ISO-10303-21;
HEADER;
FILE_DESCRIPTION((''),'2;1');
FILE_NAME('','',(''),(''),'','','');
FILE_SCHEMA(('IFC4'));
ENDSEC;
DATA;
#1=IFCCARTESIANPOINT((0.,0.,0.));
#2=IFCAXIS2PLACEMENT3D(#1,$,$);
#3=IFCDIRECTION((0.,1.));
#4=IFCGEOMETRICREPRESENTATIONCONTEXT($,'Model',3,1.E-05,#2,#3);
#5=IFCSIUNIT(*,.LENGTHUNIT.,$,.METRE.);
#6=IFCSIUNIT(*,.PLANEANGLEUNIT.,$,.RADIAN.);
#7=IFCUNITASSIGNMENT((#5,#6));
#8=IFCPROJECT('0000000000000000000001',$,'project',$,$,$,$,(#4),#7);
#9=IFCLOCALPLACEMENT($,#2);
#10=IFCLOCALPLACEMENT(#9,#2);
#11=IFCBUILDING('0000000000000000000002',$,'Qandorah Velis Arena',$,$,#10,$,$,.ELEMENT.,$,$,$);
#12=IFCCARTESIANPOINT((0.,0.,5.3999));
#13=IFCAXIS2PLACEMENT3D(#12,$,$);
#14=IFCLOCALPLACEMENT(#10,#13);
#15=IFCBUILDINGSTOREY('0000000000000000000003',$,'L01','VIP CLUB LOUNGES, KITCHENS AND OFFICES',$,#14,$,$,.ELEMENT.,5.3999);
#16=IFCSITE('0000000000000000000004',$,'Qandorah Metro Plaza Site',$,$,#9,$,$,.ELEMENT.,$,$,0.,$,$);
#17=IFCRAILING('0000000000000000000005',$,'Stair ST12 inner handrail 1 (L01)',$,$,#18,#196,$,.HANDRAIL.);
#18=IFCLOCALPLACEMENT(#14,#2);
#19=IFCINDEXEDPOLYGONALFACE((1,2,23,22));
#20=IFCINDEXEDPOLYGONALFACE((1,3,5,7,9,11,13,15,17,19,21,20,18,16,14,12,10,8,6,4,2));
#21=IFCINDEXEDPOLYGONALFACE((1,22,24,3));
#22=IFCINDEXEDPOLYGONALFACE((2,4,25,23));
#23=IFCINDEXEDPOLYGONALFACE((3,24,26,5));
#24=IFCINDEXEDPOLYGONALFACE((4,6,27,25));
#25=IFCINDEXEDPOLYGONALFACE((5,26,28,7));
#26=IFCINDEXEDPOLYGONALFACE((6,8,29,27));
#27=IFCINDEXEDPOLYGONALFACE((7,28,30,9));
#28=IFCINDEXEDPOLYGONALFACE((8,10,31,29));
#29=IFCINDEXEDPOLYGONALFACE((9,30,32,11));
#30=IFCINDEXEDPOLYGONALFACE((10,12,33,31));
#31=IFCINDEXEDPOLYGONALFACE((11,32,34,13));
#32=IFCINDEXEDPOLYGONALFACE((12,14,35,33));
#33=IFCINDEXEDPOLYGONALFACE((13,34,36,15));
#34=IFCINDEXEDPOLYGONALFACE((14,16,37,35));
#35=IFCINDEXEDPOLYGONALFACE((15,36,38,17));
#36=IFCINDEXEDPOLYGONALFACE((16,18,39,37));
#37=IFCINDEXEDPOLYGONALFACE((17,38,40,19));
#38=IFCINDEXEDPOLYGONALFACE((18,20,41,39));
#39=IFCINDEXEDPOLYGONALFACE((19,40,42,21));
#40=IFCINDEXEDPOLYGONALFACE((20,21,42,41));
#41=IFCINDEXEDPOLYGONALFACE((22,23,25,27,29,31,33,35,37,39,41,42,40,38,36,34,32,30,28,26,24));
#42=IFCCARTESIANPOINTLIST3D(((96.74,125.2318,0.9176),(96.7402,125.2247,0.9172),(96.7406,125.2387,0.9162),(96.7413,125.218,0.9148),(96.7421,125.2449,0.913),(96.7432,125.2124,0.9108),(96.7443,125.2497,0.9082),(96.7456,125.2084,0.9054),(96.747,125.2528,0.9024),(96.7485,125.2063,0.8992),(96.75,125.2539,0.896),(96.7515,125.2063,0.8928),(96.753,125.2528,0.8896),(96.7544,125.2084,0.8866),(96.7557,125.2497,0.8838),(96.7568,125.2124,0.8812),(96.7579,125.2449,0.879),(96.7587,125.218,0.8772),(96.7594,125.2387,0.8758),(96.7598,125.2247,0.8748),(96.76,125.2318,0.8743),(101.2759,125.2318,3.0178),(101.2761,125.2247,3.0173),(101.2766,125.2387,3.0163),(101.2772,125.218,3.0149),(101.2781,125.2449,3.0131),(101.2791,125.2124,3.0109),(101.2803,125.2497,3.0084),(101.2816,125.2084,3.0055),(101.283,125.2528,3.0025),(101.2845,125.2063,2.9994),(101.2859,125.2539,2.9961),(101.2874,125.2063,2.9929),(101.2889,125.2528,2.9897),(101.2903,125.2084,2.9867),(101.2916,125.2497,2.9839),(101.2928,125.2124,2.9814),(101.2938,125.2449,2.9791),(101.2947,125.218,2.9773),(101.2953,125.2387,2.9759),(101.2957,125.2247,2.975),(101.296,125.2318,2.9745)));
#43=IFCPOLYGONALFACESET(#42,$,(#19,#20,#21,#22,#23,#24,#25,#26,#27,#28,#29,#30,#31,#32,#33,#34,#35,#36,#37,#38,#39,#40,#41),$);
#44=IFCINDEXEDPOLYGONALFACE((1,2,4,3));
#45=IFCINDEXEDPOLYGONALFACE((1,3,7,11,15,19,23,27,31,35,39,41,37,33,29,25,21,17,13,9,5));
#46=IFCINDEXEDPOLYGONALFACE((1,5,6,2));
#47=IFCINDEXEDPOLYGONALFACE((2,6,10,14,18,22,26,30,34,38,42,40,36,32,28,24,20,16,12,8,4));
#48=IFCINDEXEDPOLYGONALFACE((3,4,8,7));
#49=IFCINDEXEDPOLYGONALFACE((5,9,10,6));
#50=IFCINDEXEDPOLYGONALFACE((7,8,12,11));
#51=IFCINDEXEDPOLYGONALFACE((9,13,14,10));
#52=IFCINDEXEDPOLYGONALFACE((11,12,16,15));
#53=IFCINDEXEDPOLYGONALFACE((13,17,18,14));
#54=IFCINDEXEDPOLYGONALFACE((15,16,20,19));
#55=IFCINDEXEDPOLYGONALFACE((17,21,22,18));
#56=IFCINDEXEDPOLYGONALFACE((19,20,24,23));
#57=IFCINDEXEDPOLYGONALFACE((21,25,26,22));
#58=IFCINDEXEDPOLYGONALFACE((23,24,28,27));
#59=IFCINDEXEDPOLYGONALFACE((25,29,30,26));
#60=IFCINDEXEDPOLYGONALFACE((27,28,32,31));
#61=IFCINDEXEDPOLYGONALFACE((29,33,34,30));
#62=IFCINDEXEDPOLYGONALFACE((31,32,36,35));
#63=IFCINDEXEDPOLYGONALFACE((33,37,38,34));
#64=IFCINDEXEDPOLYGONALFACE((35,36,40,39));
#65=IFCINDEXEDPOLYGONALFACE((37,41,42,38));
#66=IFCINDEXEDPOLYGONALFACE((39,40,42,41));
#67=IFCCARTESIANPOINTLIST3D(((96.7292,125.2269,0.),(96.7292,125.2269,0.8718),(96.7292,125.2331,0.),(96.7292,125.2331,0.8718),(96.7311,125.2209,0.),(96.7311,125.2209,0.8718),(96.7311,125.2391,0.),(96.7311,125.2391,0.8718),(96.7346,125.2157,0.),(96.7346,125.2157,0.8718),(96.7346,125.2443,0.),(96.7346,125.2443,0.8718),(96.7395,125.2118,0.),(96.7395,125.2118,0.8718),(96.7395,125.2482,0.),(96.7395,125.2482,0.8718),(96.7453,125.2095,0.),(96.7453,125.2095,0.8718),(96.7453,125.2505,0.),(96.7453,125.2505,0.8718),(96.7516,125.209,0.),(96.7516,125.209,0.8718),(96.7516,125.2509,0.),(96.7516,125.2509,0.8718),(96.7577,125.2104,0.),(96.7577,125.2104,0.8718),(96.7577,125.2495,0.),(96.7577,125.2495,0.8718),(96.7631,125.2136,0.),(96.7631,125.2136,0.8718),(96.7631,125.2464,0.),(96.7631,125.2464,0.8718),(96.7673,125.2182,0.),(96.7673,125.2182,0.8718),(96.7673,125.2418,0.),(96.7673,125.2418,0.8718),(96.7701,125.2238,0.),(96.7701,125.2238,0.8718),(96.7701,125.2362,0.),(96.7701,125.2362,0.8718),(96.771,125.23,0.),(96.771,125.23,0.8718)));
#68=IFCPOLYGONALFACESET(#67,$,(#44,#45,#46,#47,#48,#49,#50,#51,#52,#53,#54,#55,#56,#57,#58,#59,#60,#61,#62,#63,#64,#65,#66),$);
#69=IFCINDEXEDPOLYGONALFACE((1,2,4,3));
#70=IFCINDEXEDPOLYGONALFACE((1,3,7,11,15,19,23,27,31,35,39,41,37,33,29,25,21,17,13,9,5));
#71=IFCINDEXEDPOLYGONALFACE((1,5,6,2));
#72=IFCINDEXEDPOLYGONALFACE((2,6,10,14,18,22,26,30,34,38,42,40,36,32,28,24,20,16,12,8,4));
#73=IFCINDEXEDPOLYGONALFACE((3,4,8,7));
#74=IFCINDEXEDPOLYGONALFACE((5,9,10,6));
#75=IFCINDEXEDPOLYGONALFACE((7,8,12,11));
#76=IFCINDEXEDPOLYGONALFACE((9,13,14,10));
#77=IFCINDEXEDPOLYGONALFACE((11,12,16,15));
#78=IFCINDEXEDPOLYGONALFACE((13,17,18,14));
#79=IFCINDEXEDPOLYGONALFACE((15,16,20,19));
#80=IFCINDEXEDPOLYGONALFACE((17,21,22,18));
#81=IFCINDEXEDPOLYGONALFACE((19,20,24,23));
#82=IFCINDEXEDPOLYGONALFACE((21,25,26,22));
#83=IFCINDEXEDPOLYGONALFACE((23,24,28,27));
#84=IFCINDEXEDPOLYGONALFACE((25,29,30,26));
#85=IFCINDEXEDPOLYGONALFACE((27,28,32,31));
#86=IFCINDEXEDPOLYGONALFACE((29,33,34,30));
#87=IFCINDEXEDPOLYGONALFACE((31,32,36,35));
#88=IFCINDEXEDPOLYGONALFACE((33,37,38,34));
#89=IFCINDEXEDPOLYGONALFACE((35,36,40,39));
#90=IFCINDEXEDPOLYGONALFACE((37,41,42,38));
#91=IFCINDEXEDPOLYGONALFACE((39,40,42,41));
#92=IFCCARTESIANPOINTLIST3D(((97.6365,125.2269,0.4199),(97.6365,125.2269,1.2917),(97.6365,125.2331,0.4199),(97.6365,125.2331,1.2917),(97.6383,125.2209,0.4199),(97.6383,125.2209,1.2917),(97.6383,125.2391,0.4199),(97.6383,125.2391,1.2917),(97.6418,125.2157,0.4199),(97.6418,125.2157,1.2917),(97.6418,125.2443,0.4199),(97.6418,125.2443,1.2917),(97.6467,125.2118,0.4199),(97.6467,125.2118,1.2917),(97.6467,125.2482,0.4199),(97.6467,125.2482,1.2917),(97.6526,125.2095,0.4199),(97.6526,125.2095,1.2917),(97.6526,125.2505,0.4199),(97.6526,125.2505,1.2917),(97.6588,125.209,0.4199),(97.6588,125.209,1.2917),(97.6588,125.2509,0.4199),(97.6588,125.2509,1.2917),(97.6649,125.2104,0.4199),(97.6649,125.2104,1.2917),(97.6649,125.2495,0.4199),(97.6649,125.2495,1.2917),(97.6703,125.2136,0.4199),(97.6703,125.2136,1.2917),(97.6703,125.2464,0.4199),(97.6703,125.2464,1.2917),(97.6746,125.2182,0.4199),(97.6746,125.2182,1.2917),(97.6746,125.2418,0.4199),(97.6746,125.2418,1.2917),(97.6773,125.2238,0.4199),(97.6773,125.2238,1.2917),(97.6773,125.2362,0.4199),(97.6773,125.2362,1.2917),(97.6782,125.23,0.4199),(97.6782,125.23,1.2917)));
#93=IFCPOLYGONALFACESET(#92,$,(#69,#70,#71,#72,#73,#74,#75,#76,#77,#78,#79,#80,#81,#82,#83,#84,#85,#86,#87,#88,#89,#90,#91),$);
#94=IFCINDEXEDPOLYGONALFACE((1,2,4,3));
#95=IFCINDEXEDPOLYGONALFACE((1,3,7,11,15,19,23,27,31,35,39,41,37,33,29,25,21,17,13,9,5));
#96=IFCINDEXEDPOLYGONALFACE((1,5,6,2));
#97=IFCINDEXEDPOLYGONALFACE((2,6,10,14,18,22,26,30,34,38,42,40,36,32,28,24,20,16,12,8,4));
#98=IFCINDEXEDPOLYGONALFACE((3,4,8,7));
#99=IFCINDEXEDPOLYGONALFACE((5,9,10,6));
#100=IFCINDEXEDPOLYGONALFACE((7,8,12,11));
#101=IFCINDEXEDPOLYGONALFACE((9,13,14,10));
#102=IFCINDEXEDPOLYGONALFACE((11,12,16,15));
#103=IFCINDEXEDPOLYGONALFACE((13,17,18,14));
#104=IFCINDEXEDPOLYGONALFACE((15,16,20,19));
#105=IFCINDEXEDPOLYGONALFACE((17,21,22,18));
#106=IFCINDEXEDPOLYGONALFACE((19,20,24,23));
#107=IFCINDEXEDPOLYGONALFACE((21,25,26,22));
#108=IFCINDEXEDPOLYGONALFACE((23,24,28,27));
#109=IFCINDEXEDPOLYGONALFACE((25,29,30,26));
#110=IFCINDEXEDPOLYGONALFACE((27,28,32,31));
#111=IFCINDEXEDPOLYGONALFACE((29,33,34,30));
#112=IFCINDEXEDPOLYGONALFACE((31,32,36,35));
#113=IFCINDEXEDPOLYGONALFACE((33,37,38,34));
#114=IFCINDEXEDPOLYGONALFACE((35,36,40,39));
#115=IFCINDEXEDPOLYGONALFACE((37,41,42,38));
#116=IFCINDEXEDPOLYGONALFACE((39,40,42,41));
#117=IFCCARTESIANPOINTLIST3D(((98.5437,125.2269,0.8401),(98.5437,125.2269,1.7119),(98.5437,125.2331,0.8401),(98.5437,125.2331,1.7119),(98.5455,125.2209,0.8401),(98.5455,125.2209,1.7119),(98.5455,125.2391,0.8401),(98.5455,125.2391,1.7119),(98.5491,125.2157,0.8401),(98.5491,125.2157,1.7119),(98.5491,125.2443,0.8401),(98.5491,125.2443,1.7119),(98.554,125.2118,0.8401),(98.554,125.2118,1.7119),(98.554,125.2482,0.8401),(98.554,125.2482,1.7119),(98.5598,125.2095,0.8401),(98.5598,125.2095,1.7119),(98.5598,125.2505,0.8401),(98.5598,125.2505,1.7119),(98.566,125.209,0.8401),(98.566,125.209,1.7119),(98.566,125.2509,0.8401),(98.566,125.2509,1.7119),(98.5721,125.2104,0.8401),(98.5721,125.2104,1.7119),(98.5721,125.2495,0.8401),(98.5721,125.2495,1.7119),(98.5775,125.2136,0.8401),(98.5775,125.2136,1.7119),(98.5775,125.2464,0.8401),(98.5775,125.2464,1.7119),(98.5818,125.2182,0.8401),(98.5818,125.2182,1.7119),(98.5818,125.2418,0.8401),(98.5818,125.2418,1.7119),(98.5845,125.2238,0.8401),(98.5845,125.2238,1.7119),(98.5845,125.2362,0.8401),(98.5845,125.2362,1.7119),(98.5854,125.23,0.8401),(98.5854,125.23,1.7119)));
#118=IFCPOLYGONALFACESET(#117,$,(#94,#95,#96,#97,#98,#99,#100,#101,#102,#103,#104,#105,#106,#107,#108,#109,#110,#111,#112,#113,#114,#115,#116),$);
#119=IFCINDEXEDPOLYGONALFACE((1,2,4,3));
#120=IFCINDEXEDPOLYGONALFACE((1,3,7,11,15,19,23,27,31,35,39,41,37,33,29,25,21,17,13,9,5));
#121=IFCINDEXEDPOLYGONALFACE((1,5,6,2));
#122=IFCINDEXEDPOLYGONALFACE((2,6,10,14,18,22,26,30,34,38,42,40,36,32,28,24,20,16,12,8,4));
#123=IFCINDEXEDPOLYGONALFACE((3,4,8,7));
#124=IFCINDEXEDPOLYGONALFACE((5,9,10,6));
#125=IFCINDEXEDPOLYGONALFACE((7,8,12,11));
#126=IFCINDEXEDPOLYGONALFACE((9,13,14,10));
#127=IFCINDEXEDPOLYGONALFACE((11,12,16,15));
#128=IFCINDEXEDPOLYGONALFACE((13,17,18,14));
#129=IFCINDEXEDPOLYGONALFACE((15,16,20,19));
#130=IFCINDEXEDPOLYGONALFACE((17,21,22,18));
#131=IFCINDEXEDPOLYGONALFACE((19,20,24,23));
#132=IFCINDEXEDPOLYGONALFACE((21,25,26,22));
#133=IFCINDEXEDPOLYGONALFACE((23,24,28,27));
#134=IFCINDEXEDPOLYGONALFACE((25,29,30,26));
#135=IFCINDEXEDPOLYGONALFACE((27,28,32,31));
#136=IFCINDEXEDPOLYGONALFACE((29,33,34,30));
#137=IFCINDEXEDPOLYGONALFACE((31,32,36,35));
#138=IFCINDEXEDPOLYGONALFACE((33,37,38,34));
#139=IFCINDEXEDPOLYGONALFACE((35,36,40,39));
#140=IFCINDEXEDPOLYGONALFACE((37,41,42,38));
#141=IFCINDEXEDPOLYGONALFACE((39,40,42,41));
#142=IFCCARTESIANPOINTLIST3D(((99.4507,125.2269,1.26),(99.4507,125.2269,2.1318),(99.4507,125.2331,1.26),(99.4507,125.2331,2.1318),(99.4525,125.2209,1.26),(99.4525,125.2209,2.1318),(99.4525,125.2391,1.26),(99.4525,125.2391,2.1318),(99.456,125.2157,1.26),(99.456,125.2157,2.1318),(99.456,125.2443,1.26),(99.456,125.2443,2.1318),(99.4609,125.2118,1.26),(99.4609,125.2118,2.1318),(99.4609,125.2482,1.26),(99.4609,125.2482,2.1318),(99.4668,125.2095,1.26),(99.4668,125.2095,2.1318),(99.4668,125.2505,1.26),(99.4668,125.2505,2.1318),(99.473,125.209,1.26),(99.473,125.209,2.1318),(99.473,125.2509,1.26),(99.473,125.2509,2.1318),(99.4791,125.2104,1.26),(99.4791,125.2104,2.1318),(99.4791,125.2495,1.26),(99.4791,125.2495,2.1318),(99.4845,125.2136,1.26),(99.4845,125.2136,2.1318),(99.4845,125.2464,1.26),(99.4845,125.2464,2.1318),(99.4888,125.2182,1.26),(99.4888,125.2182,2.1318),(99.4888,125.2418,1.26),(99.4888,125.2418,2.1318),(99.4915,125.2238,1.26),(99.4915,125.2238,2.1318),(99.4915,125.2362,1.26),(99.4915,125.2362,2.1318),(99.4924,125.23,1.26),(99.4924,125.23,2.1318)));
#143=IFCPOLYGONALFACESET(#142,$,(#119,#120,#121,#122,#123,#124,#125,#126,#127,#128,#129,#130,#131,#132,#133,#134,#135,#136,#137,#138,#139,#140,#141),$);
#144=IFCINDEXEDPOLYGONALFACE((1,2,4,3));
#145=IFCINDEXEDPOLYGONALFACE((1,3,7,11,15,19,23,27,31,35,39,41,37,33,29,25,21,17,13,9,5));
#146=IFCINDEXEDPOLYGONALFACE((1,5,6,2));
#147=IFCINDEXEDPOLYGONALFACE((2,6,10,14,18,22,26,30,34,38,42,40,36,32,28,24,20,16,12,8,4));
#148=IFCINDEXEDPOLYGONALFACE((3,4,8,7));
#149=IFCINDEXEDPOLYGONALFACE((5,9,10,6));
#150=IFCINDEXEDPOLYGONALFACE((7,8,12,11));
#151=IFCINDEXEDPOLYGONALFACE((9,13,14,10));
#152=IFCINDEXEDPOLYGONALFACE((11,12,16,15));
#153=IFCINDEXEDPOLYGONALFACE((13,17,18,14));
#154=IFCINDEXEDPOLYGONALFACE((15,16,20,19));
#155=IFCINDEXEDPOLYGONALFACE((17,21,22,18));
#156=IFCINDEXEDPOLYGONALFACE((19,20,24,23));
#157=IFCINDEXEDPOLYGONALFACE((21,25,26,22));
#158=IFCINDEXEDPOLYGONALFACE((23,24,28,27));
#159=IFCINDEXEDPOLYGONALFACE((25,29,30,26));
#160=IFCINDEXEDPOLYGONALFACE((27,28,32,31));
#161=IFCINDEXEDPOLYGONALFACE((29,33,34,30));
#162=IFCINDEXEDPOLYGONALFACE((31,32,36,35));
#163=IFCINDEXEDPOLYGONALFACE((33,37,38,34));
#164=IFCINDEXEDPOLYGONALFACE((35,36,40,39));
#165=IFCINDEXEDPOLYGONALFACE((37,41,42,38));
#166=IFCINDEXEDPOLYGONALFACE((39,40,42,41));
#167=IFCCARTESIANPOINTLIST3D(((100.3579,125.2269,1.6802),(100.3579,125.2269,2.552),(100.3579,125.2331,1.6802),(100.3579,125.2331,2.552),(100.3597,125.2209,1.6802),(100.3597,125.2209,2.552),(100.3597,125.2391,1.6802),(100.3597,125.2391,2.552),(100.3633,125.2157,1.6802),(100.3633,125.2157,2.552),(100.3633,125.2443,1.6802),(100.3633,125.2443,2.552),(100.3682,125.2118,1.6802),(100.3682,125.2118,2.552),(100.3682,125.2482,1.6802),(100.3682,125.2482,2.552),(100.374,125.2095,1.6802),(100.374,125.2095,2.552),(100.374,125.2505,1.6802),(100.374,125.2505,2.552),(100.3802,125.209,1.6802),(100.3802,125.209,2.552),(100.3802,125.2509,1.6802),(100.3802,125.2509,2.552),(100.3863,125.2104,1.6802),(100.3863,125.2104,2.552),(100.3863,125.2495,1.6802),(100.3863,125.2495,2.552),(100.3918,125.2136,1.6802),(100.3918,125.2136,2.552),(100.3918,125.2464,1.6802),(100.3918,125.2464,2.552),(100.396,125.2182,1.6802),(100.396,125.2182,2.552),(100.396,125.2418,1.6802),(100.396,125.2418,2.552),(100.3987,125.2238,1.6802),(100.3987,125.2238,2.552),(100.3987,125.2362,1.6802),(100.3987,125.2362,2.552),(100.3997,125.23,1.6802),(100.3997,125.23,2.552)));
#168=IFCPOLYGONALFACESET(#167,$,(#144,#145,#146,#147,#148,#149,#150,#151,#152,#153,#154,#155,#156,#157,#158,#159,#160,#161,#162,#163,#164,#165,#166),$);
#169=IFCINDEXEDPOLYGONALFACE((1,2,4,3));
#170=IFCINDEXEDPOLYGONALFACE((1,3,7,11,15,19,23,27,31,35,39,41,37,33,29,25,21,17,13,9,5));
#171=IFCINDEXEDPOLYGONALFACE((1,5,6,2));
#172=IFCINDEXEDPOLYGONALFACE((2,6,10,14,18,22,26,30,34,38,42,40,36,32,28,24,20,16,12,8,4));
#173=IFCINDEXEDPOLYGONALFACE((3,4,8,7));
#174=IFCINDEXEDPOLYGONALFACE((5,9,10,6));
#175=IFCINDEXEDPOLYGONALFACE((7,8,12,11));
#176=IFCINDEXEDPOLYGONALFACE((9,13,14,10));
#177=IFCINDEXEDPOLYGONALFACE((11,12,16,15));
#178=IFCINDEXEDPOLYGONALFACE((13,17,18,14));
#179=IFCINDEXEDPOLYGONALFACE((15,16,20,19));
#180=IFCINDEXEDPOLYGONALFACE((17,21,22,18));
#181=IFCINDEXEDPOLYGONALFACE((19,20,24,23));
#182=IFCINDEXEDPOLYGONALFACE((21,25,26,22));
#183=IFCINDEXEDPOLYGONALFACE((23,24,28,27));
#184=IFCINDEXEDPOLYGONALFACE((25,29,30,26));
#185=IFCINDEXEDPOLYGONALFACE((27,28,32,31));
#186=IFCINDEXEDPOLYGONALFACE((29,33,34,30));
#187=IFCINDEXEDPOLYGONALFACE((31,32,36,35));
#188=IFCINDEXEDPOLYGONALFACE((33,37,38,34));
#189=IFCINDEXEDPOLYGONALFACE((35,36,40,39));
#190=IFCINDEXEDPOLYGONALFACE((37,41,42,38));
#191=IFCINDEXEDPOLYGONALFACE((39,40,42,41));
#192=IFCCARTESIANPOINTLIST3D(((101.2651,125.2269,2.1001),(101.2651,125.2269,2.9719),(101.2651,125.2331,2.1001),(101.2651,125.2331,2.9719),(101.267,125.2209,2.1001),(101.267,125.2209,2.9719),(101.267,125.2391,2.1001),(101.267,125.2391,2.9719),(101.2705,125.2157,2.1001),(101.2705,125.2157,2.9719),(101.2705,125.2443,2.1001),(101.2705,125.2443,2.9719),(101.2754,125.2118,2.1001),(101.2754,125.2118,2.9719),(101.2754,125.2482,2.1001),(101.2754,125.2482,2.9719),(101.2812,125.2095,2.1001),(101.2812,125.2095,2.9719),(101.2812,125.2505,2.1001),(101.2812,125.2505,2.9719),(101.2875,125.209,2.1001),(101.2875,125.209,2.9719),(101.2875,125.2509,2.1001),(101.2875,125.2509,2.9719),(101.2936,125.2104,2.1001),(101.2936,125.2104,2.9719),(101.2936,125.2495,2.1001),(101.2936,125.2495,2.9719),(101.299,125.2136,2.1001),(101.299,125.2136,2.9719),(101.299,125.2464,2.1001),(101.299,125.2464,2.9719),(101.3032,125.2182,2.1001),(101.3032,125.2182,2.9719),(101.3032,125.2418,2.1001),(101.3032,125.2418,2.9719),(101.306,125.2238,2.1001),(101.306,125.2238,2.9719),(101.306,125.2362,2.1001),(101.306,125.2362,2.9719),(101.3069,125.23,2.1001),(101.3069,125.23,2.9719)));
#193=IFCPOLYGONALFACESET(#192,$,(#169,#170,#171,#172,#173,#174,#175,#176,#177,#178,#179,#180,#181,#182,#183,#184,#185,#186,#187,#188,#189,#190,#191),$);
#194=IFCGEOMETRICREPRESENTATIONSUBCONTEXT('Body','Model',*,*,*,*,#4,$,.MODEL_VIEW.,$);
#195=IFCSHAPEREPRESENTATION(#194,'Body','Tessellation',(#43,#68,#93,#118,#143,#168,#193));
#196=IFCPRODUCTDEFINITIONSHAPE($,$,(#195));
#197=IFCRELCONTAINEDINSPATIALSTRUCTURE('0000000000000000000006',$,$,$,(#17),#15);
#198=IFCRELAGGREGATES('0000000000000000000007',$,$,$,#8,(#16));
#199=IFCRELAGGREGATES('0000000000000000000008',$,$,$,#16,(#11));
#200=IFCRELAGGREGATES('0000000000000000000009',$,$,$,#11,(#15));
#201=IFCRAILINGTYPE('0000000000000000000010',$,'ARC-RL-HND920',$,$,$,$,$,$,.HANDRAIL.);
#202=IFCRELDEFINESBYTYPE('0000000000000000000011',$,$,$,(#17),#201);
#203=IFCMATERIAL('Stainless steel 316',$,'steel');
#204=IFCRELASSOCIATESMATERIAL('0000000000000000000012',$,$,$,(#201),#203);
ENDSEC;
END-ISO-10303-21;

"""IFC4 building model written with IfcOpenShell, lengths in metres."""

from ifc_helpers import new_model, si_unit, direction, frame, origin, origin_2d, place, context, subcontext, project, spatial, circle, extrude, material, type_object, element, save


model = new_model("IFC4")

# Units and contexts
model_context = context("Model", 3, precision=1e-05, world=origin(), true_north=direction((0.0, 1.0)))
body_context = subcontext(model_context, "Body", "Model", "MODEL_VIEW")
ifc_project = project(units=[si_unit("LENGTHUNIT", "METRE"), si_unit("PLANEANGLEUNIT", "RADIAN")], contexts=[model_context])

# Site, building, storey
site_placement = place(None, origin())
site = spatial("IfcSite", under=ifc_project, at=site_placement, Name="Qandorah Metro Plaza Site", CompositionType="ELEMENT", RefElevation=0.0)
building_placement = place(site_placement, origin())
building = spatial("IfcBuilding", under=site, at=building_placement, Name="Qandorah Velis Arena", CompositionType="ELEMENT")
storey_placement = place(building_placement, frame((0.0, 0.0, 5.3999)))
storey = spatial("IfcBuildingStorey", under=building, at=storey_placement, Name="L01", Description="VIP CLUB LOUNGES, KITCHENS AND OFFICES", CompositionType="ELEMENT", Elevation=5.3999)

# Railing
ifc_material_1 = material(Name="Stainless steel 316", Category="steel")
railing_type_1 = type_object("IfcRailingType", Name="ARC-RL-HND920", PredefinedType="HANDRAIL", material=ifc_material_1)
railing_1_placement = place(storey_placement, frame((96.75, 125.23, 0.0)))
element("IfcRailing", 1, at=railing_1_placement, inside=storey, type_object=railing_type_1, Name="Stair ST12 inner handrail 1 (L01)", PredefinedType="HANDRAIL", context=body_context, shape_type="SweptSolid", body=[
    extrude(circle(Radius=0.0239, at=origin_2d()), frame((0.0, 0.0, 0.896), z_axis=(0.907456, 0.0, 0.420148), x_axis=(0.0, 1.0, 0.0)), (0.0, 0.0, 1.0), 4.9985),
    extrude(circle(Radius=0.021, at=origin_2d()), origin(), (0.0, 0.0, 1.0), 0.8718),
    extrude(circle(Radius=0.021, at=origin_2d()), frame((0.9072, 0.0, 0.4199)), (0.0, 0.0, 1.0), 0.8718),
    extrude(circle(Radius=0.021, at=origin_2d()), frame((1.8145, 0.0, 0.8401)), (0.0, 0.0, 1.0), 0.8718),
    extrude(circle(Radius=0.021, at=origin_2d()), frame((2.7214, 0.0, 1.26)), (0.0, 0.0, 1.0), 0.8718),
    extrude(circle(Radius=0.021, at=origin_2d()), frame((3.6287, 0.0, 1.6802)), (0.0, 0.0, 1.0), 0.8718),
    extrude(circle(Radius=0.021, at=origin_2d()), frame((4.5359, 0.0, 2.1001)), (0.0, 0.0, 1.0), 0.8718),
])

save(model, "model.ifc")
